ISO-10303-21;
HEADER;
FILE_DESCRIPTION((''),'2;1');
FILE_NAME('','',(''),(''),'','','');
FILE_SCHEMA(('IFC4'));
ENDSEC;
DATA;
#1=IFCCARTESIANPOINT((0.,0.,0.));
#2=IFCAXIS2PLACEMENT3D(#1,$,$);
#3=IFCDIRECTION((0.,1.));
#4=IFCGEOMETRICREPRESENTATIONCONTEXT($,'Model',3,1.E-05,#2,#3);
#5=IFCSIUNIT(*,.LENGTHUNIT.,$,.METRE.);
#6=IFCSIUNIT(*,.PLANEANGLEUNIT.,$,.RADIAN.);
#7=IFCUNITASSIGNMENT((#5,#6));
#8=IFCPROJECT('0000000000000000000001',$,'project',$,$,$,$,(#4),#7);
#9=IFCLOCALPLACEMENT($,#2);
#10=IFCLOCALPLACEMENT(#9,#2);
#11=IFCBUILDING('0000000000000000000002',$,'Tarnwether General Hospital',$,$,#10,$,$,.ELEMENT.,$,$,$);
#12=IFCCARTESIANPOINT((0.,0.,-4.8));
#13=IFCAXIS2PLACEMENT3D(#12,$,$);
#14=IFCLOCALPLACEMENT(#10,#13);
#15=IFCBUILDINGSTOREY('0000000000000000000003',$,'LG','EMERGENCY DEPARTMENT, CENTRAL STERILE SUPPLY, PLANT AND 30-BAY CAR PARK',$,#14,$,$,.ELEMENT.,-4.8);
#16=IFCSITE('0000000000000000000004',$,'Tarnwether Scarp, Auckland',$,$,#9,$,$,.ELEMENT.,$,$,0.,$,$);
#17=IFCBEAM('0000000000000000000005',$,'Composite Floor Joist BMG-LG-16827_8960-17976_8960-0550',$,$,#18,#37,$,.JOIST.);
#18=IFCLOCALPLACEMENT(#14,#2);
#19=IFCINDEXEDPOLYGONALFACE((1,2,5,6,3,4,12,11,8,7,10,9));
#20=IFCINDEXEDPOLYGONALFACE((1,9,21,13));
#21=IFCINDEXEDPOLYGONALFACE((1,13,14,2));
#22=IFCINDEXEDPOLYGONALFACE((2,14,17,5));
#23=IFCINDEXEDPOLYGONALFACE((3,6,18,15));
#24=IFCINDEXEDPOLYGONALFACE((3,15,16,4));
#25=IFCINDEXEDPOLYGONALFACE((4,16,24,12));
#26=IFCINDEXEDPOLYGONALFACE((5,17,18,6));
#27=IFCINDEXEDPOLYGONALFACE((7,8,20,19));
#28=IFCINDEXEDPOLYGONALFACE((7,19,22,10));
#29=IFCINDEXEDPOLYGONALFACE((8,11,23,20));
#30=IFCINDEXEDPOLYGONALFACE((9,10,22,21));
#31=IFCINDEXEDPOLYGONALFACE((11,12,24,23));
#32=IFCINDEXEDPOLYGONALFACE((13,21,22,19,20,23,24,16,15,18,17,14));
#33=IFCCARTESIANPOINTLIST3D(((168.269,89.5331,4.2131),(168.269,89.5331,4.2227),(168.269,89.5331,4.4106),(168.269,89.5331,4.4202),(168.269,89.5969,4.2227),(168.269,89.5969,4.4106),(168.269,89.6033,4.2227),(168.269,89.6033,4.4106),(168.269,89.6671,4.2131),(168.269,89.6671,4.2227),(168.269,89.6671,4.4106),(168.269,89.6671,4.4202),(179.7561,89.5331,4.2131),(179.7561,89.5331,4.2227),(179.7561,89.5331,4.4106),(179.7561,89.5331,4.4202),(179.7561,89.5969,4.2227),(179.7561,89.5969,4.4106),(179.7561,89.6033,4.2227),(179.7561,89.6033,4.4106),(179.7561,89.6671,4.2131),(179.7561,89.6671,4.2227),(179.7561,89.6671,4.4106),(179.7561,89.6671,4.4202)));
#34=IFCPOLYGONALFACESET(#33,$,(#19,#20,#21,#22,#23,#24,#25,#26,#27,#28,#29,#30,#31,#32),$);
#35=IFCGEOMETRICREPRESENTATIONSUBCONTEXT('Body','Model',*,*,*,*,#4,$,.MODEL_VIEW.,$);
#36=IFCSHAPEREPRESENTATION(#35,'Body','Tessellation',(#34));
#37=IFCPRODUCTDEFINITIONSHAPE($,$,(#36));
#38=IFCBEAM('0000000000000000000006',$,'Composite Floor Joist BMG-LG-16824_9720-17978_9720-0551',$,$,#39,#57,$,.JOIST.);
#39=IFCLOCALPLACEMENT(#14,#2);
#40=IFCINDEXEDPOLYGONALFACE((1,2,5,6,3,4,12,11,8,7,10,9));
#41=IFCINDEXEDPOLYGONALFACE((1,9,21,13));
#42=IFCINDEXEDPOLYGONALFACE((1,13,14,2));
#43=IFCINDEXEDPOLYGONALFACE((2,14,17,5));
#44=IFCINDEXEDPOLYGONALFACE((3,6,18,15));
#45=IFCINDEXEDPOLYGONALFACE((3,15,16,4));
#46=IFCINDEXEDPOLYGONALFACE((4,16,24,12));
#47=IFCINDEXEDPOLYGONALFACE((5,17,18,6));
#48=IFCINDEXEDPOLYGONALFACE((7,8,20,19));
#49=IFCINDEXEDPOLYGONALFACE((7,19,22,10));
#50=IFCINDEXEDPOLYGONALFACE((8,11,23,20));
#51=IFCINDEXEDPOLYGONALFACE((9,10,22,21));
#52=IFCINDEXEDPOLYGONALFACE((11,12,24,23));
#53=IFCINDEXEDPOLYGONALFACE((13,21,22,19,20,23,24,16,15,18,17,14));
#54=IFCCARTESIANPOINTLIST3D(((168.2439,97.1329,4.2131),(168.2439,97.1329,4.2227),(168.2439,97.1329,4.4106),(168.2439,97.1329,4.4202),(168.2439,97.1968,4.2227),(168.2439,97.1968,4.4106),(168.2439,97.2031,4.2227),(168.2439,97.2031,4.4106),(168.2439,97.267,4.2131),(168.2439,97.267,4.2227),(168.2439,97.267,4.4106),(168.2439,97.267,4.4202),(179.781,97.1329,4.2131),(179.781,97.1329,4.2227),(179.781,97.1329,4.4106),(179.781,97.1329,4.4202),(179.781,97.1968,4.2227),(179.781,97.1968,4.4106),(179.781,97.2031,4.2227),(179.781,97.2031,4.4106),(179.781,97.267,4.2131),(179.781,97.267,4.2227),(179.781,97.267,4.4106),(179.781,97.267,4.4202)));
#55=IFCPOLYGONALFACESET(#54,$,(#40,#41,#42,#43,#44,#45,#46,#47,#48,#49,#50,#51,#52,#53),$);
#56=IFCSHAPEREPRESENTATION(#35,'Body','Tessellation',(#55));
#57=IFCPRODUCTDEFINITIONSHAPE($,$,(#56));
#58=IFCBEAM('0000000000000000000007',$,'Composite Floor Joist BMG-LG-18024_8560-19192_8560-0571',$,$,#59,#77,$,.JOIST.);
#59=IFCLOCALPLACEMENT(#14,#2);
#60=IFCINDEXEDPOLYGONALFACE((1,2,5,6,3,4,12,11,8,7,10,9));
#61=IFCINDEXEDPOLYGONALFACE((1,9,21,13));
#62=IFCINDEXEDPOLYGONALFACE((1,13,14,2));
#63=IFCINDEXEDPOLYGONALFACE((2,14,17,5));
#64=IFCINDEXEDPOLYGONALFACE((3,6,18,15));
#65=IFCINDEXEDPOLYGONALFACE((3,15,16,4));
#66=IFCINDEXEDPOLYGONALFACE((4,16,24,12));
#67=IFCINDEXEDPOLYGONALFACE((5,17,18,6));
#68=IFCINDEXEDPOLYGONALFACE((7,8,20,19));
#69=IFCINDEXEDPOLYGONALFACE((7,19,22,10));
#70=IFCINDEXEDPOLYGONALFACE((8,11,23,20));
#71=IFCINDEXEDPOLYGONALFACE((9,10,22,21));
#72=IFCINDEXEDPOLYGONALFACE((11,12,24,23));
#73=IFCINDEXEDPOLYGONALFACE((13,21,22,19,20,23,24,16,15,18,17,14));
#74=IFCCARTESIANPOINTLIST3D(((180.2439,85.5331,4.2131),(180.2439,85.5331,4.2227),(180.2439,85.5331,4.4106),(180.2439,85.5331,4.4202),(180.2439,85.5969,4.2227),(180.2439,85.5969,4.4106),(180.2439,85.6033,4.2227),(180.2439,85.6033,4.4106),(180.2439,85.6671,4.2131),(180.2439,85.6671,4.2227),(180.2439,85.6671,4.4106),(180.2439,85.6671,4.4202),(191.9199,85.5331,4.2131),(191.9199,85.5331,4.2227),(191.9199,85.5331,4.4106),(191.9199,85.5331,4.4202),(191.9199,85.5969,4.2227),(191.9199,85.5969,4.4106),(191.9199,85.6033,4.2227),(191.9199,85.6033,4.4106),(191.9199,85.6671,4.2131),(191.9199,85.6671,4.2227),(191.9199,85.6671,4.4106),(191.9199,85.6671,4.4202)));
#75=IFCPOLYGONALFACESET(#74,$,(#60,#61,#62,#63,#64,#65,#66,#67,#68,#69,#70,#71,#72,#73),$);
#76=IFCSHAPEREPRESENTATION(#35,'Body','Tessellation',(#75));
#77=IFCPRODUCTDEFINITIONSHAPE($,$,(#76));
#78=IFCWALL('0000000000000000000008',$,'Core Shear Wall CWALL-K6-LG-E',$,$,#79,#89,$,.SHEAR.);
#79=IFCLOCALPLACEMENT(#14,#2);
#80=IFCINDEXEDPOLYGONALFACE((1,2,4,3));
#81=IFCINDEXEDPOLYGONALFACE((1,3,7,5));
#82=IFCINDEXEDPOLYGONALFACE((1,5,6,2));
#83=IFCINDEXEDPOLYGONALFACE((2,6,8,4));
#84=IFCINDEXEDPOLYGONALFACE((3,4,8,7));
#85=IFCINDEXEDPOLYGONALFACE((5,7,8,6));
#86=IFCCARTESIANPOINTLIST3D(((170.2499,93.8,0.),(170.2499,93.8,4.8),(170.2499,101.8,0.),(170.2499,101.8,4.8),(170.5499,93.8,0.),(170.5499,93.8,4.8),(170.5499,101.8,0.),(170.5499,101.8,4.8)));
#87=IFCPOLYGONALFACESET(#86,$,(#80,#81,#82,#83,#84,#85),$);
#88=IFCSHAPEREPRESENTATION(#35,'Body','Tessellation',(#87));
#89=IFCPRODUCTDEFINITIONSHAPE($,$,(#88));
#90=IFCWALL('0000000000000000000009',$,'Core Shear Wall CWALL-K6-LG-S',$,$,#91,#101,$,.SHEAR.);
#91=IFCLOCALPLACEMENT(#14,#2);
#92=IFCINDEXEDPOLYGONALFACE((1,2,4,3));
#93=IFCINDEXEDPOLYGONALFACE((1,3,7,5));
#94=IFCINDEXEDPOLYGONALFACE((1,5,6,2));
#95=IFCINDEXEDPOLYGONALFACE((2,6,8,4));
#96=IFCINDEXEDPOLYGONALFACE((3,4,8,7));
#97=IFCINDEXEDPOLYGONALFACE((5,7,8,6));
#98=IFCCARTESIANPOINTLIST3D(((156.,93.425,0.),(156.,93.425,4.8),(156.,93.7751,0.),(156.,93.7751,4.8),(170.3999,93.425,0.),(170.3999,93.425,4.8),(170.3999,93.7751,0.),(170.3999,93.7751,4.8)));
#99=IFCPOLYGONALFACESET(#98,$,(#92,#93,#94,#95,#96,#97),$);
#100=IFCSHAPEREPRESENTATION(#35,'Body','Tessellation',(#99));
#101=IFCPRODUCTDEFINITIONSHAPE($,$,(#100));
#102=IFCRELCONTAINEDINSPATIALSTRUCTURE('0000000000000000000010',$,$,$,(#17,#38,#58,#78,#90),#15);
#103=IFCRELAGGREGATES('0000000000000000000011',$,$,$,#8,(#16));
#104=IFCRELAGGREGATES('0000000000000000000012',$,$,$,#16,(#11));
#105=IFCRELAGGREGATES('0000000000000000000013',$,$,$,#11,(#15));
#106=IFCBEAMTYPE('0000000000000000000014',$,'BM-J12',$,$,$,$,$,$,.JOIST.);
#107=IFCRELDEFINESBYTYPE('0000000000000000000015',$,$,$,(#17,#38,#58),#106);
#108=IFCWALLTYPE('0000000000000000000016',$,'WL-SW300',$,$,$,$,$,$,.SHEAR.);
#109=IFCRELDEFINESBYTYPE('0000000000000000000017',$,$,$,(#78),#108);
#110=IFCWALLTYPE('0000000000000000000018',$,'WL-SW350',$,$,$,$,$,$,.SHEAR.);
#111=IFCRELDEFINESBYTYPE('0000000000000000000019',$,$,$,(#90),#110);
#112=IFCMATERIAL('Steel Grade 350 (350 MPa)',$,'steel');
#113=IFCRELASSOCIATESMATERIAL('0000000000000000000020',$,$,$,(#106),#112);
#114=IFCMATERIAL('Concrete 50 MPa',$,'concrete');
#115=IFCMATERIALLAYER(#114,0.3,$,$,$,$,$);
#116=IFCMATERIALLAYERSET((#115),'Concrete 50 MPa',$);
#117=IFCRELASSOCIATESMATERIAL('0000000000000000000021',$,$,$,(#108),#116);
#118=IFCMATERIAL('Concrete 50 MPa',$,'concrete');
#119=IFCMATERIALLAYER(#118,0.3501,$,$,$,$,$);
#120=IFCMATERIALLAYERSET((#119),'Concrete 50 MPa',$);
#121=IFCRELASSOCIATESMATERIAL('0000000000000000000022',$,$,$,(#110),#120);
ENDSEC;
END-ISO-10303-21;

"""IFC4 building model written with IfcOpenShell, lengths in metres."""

from ifc_helpers import new_model, si_unit, direction, frame, frame_2d, origin, origin_2d, place, context, subcontext, project, spatial, rectangle, i_section, extrude, material, layer, layer_set, material_profile, profile_set, type_object, element, save


model = new_model("IFC4")

# Units and contexts
model_context = context("Model", 3, precision=1e-05, world=origin(), true_north=direction((0.0, 1.0)))
body_context = subcontext(model_context, "Body", "Model", "MODEL_VIEW")
ifc_project = project(units=[si_unit("LENGTHUNIT", "METRE"), si_unit("PLANEANGLEUNIT", "RADIAN")], contexts=[model_context])

# Site, building, storey
site_placement = place(None, origin())
site = spatial("IfcSite", under=ifc_project, at=site_placement, Name="Tarnwether Scarp, Auckland", CompositionType="ELEMENT", RefElevation=0.0)
building_placement = place(site_placement, origin())
building = spatial("IfcBuilding", under=site, at=building_placement, Name="Tarnwether General Hospital", CompositionType="ELEMENT")
storey_placement = place(building_placement, frame((0.0, 0.0, -4.8)))
storey = spatial("IfcBuildingStorey", under=building, at=storey_placement, Name="LG", Description="EMERGENCY DEPARTMENT, CENTRAL STERILE SUPPLY, PLANT AND 30-BAY CAR PARK", CompositionType="ELEMENT", Elevation=-4.8)

# Beams
ifc_material_1 = material(Name="Steel Grade 350 (350 MPa)", Category="steel")
ifc_material_profile_1 = material_profile(ifc_material_1, i_section(OverallWidth=0.134, OverallDepth=0.207, WebThickness=0.0063, FlangeThickness=0.0095, at=origin_2d()), Name="200UB29.8")
ifc_profile_set_1 = profile_set([ifc_material_profile_1], Name="Steel Grade 350 (350 MPa)")
beam_type_1 = type_object("IfcBeamType", Name="BM-J12", PredefinedType="JOIST", material=ifc_profile_set_1)
beam_1_placement = place(storey_placement, frame((168.269, 89.6001, 4.3167), z_axis=(1.0, 0.0, 0.0), x_axis=(0.0, 1.0, 0.0)))
element("IfcBeam", 1, at=beam_1_placement, inside=storey, type_object=beam_type_1, Name="Composite Floor Joist BMG-LG-16827_8960-17976_8960-0550", PredefinedType="JOIST", context=body_context, shape_type="SweptSolid", body=[
    extrude(i_section(OverallWidth=0.134, OverallDepth=0.207, WebThickness=0.0063, FlangeThickness=0.0095, at=origin_2d()), origin(), (0.0, 0.0, 1.0), 11.4871),
])
beam_2_placement = place(storey_placement, frame((168.2439, 97.2, 4.3167), z_axis=(1.0, 0.0, 0.0), x_axis=(0.0, 1.0, 0.0)))
element("IfcBeam", 2, at=beam_2_placement, inside=storey, type_object=beam_type_1, Name="Composite Floor Joist BMG-LG-16824_9720-17978_9720-0551", PredefinedType="JOIST", context=body_context, shape_type="SweptSolid", body=[
    extrude(i_section(OverallWidth=0.134, OverallDepth=0.207, WebThickness=0.0063, FlangeThickness=0.0095, at=origin_2d()), origin(), (0.0, 0.0, 1.0), 11.5371),
])
beam_3_placement = place(storey_placement, frame((180.2439, 85.6001, 4.3167), z_axis=(1.0, 0.0, 0.0), x_axis=(0.0, 1.0, 0.0)))
element("IfcBeam", 3, at=beam_3_placement, inside=storey, type_object=beam_type_1, Name="Composite Floor Joist BMG-LG-18024_8560-19192_8560-0571", PredefinedType="JOIST", context=body_context, shape_type="SweptSolid", body=[
    extrude(i_section(OverallWidth=0.134, OverallDepth=0.207, WebThickness=0.0063, FlangeThickness=0.0095, at=origin_2d()), origin(), (0.0, 0.0, 1.0), 11.676),
])

# Walls
ifc_material_2 = material(Name="Concrete 50 MPa", Category="concrete")
ifc_layer_1 = layer(ifc_material_2, 0.3)
ifc_layer_set_1 = layer_set([ifc_layer_1], Name="Concrete 50 MPa")
wall_type_1 = type_object("IfcWallType", Name="WL-SW300", PredefinedType="SHEAR", material=ifc_layer_set_1)
wall_1_placement = place(storey_placement, frame((170.3999, 101.8, 0.0), z_axis=(0.0, 0.0, 1.0), x_axis=(0.0, -1.0, 0.0)))
element("IfcWall", 4, at=wall_1_placement, inside=storey, type_object=wall_type_1, Name="Core Shear Wall CWALL-K6-LG-E", PredefinedType="SHEAR", context=body_context, shape_type="SweptSolid", body=[
    extrude(rectangle(XDim=8.0, YDim=0.3, at=frame_2d((4.0, 0.0))), origin(), (0.0, 0.0, 1.0), 4.8),
])
ifc_material_3 = material(Name="Concrete 50 MPa", Category="concrete")
ifc_layer_2 = layer(ifc_material_3, 0.3501)
ifc_layer_set_2 = layer_set([ifc_layer_2], Name="Concrete 50 MPa")
wall_type_2 = type_object("IfcWallType", Name="WL-SW350", PredefinedType="SHEAR", material=ifc_layer_set_2)
wall_2_placement = place(storey_placement, frame((170.3999, 93.6001, 0.0), z_axis=(0.0, 0.0, 1.0), x_axis=(-1.0, 0.0, 0.0)))
element("IfcWall", 5, at=wall_2_placement, inside=storey, type_object=wall_type_2, Name="Core Shear Wall CWALL-K6-LG-S", PredefinedType="SHEAR", context=body_context, shape_type="SweptSolid", body=[
    extrude(rectangle(XDim=14.3999, YDim=0.3501, at=frame_2d((7.2, 0.0))), origin(), (0.0, 0.0, 1.0), 4.8),
])

save(model, "model.ifc")
